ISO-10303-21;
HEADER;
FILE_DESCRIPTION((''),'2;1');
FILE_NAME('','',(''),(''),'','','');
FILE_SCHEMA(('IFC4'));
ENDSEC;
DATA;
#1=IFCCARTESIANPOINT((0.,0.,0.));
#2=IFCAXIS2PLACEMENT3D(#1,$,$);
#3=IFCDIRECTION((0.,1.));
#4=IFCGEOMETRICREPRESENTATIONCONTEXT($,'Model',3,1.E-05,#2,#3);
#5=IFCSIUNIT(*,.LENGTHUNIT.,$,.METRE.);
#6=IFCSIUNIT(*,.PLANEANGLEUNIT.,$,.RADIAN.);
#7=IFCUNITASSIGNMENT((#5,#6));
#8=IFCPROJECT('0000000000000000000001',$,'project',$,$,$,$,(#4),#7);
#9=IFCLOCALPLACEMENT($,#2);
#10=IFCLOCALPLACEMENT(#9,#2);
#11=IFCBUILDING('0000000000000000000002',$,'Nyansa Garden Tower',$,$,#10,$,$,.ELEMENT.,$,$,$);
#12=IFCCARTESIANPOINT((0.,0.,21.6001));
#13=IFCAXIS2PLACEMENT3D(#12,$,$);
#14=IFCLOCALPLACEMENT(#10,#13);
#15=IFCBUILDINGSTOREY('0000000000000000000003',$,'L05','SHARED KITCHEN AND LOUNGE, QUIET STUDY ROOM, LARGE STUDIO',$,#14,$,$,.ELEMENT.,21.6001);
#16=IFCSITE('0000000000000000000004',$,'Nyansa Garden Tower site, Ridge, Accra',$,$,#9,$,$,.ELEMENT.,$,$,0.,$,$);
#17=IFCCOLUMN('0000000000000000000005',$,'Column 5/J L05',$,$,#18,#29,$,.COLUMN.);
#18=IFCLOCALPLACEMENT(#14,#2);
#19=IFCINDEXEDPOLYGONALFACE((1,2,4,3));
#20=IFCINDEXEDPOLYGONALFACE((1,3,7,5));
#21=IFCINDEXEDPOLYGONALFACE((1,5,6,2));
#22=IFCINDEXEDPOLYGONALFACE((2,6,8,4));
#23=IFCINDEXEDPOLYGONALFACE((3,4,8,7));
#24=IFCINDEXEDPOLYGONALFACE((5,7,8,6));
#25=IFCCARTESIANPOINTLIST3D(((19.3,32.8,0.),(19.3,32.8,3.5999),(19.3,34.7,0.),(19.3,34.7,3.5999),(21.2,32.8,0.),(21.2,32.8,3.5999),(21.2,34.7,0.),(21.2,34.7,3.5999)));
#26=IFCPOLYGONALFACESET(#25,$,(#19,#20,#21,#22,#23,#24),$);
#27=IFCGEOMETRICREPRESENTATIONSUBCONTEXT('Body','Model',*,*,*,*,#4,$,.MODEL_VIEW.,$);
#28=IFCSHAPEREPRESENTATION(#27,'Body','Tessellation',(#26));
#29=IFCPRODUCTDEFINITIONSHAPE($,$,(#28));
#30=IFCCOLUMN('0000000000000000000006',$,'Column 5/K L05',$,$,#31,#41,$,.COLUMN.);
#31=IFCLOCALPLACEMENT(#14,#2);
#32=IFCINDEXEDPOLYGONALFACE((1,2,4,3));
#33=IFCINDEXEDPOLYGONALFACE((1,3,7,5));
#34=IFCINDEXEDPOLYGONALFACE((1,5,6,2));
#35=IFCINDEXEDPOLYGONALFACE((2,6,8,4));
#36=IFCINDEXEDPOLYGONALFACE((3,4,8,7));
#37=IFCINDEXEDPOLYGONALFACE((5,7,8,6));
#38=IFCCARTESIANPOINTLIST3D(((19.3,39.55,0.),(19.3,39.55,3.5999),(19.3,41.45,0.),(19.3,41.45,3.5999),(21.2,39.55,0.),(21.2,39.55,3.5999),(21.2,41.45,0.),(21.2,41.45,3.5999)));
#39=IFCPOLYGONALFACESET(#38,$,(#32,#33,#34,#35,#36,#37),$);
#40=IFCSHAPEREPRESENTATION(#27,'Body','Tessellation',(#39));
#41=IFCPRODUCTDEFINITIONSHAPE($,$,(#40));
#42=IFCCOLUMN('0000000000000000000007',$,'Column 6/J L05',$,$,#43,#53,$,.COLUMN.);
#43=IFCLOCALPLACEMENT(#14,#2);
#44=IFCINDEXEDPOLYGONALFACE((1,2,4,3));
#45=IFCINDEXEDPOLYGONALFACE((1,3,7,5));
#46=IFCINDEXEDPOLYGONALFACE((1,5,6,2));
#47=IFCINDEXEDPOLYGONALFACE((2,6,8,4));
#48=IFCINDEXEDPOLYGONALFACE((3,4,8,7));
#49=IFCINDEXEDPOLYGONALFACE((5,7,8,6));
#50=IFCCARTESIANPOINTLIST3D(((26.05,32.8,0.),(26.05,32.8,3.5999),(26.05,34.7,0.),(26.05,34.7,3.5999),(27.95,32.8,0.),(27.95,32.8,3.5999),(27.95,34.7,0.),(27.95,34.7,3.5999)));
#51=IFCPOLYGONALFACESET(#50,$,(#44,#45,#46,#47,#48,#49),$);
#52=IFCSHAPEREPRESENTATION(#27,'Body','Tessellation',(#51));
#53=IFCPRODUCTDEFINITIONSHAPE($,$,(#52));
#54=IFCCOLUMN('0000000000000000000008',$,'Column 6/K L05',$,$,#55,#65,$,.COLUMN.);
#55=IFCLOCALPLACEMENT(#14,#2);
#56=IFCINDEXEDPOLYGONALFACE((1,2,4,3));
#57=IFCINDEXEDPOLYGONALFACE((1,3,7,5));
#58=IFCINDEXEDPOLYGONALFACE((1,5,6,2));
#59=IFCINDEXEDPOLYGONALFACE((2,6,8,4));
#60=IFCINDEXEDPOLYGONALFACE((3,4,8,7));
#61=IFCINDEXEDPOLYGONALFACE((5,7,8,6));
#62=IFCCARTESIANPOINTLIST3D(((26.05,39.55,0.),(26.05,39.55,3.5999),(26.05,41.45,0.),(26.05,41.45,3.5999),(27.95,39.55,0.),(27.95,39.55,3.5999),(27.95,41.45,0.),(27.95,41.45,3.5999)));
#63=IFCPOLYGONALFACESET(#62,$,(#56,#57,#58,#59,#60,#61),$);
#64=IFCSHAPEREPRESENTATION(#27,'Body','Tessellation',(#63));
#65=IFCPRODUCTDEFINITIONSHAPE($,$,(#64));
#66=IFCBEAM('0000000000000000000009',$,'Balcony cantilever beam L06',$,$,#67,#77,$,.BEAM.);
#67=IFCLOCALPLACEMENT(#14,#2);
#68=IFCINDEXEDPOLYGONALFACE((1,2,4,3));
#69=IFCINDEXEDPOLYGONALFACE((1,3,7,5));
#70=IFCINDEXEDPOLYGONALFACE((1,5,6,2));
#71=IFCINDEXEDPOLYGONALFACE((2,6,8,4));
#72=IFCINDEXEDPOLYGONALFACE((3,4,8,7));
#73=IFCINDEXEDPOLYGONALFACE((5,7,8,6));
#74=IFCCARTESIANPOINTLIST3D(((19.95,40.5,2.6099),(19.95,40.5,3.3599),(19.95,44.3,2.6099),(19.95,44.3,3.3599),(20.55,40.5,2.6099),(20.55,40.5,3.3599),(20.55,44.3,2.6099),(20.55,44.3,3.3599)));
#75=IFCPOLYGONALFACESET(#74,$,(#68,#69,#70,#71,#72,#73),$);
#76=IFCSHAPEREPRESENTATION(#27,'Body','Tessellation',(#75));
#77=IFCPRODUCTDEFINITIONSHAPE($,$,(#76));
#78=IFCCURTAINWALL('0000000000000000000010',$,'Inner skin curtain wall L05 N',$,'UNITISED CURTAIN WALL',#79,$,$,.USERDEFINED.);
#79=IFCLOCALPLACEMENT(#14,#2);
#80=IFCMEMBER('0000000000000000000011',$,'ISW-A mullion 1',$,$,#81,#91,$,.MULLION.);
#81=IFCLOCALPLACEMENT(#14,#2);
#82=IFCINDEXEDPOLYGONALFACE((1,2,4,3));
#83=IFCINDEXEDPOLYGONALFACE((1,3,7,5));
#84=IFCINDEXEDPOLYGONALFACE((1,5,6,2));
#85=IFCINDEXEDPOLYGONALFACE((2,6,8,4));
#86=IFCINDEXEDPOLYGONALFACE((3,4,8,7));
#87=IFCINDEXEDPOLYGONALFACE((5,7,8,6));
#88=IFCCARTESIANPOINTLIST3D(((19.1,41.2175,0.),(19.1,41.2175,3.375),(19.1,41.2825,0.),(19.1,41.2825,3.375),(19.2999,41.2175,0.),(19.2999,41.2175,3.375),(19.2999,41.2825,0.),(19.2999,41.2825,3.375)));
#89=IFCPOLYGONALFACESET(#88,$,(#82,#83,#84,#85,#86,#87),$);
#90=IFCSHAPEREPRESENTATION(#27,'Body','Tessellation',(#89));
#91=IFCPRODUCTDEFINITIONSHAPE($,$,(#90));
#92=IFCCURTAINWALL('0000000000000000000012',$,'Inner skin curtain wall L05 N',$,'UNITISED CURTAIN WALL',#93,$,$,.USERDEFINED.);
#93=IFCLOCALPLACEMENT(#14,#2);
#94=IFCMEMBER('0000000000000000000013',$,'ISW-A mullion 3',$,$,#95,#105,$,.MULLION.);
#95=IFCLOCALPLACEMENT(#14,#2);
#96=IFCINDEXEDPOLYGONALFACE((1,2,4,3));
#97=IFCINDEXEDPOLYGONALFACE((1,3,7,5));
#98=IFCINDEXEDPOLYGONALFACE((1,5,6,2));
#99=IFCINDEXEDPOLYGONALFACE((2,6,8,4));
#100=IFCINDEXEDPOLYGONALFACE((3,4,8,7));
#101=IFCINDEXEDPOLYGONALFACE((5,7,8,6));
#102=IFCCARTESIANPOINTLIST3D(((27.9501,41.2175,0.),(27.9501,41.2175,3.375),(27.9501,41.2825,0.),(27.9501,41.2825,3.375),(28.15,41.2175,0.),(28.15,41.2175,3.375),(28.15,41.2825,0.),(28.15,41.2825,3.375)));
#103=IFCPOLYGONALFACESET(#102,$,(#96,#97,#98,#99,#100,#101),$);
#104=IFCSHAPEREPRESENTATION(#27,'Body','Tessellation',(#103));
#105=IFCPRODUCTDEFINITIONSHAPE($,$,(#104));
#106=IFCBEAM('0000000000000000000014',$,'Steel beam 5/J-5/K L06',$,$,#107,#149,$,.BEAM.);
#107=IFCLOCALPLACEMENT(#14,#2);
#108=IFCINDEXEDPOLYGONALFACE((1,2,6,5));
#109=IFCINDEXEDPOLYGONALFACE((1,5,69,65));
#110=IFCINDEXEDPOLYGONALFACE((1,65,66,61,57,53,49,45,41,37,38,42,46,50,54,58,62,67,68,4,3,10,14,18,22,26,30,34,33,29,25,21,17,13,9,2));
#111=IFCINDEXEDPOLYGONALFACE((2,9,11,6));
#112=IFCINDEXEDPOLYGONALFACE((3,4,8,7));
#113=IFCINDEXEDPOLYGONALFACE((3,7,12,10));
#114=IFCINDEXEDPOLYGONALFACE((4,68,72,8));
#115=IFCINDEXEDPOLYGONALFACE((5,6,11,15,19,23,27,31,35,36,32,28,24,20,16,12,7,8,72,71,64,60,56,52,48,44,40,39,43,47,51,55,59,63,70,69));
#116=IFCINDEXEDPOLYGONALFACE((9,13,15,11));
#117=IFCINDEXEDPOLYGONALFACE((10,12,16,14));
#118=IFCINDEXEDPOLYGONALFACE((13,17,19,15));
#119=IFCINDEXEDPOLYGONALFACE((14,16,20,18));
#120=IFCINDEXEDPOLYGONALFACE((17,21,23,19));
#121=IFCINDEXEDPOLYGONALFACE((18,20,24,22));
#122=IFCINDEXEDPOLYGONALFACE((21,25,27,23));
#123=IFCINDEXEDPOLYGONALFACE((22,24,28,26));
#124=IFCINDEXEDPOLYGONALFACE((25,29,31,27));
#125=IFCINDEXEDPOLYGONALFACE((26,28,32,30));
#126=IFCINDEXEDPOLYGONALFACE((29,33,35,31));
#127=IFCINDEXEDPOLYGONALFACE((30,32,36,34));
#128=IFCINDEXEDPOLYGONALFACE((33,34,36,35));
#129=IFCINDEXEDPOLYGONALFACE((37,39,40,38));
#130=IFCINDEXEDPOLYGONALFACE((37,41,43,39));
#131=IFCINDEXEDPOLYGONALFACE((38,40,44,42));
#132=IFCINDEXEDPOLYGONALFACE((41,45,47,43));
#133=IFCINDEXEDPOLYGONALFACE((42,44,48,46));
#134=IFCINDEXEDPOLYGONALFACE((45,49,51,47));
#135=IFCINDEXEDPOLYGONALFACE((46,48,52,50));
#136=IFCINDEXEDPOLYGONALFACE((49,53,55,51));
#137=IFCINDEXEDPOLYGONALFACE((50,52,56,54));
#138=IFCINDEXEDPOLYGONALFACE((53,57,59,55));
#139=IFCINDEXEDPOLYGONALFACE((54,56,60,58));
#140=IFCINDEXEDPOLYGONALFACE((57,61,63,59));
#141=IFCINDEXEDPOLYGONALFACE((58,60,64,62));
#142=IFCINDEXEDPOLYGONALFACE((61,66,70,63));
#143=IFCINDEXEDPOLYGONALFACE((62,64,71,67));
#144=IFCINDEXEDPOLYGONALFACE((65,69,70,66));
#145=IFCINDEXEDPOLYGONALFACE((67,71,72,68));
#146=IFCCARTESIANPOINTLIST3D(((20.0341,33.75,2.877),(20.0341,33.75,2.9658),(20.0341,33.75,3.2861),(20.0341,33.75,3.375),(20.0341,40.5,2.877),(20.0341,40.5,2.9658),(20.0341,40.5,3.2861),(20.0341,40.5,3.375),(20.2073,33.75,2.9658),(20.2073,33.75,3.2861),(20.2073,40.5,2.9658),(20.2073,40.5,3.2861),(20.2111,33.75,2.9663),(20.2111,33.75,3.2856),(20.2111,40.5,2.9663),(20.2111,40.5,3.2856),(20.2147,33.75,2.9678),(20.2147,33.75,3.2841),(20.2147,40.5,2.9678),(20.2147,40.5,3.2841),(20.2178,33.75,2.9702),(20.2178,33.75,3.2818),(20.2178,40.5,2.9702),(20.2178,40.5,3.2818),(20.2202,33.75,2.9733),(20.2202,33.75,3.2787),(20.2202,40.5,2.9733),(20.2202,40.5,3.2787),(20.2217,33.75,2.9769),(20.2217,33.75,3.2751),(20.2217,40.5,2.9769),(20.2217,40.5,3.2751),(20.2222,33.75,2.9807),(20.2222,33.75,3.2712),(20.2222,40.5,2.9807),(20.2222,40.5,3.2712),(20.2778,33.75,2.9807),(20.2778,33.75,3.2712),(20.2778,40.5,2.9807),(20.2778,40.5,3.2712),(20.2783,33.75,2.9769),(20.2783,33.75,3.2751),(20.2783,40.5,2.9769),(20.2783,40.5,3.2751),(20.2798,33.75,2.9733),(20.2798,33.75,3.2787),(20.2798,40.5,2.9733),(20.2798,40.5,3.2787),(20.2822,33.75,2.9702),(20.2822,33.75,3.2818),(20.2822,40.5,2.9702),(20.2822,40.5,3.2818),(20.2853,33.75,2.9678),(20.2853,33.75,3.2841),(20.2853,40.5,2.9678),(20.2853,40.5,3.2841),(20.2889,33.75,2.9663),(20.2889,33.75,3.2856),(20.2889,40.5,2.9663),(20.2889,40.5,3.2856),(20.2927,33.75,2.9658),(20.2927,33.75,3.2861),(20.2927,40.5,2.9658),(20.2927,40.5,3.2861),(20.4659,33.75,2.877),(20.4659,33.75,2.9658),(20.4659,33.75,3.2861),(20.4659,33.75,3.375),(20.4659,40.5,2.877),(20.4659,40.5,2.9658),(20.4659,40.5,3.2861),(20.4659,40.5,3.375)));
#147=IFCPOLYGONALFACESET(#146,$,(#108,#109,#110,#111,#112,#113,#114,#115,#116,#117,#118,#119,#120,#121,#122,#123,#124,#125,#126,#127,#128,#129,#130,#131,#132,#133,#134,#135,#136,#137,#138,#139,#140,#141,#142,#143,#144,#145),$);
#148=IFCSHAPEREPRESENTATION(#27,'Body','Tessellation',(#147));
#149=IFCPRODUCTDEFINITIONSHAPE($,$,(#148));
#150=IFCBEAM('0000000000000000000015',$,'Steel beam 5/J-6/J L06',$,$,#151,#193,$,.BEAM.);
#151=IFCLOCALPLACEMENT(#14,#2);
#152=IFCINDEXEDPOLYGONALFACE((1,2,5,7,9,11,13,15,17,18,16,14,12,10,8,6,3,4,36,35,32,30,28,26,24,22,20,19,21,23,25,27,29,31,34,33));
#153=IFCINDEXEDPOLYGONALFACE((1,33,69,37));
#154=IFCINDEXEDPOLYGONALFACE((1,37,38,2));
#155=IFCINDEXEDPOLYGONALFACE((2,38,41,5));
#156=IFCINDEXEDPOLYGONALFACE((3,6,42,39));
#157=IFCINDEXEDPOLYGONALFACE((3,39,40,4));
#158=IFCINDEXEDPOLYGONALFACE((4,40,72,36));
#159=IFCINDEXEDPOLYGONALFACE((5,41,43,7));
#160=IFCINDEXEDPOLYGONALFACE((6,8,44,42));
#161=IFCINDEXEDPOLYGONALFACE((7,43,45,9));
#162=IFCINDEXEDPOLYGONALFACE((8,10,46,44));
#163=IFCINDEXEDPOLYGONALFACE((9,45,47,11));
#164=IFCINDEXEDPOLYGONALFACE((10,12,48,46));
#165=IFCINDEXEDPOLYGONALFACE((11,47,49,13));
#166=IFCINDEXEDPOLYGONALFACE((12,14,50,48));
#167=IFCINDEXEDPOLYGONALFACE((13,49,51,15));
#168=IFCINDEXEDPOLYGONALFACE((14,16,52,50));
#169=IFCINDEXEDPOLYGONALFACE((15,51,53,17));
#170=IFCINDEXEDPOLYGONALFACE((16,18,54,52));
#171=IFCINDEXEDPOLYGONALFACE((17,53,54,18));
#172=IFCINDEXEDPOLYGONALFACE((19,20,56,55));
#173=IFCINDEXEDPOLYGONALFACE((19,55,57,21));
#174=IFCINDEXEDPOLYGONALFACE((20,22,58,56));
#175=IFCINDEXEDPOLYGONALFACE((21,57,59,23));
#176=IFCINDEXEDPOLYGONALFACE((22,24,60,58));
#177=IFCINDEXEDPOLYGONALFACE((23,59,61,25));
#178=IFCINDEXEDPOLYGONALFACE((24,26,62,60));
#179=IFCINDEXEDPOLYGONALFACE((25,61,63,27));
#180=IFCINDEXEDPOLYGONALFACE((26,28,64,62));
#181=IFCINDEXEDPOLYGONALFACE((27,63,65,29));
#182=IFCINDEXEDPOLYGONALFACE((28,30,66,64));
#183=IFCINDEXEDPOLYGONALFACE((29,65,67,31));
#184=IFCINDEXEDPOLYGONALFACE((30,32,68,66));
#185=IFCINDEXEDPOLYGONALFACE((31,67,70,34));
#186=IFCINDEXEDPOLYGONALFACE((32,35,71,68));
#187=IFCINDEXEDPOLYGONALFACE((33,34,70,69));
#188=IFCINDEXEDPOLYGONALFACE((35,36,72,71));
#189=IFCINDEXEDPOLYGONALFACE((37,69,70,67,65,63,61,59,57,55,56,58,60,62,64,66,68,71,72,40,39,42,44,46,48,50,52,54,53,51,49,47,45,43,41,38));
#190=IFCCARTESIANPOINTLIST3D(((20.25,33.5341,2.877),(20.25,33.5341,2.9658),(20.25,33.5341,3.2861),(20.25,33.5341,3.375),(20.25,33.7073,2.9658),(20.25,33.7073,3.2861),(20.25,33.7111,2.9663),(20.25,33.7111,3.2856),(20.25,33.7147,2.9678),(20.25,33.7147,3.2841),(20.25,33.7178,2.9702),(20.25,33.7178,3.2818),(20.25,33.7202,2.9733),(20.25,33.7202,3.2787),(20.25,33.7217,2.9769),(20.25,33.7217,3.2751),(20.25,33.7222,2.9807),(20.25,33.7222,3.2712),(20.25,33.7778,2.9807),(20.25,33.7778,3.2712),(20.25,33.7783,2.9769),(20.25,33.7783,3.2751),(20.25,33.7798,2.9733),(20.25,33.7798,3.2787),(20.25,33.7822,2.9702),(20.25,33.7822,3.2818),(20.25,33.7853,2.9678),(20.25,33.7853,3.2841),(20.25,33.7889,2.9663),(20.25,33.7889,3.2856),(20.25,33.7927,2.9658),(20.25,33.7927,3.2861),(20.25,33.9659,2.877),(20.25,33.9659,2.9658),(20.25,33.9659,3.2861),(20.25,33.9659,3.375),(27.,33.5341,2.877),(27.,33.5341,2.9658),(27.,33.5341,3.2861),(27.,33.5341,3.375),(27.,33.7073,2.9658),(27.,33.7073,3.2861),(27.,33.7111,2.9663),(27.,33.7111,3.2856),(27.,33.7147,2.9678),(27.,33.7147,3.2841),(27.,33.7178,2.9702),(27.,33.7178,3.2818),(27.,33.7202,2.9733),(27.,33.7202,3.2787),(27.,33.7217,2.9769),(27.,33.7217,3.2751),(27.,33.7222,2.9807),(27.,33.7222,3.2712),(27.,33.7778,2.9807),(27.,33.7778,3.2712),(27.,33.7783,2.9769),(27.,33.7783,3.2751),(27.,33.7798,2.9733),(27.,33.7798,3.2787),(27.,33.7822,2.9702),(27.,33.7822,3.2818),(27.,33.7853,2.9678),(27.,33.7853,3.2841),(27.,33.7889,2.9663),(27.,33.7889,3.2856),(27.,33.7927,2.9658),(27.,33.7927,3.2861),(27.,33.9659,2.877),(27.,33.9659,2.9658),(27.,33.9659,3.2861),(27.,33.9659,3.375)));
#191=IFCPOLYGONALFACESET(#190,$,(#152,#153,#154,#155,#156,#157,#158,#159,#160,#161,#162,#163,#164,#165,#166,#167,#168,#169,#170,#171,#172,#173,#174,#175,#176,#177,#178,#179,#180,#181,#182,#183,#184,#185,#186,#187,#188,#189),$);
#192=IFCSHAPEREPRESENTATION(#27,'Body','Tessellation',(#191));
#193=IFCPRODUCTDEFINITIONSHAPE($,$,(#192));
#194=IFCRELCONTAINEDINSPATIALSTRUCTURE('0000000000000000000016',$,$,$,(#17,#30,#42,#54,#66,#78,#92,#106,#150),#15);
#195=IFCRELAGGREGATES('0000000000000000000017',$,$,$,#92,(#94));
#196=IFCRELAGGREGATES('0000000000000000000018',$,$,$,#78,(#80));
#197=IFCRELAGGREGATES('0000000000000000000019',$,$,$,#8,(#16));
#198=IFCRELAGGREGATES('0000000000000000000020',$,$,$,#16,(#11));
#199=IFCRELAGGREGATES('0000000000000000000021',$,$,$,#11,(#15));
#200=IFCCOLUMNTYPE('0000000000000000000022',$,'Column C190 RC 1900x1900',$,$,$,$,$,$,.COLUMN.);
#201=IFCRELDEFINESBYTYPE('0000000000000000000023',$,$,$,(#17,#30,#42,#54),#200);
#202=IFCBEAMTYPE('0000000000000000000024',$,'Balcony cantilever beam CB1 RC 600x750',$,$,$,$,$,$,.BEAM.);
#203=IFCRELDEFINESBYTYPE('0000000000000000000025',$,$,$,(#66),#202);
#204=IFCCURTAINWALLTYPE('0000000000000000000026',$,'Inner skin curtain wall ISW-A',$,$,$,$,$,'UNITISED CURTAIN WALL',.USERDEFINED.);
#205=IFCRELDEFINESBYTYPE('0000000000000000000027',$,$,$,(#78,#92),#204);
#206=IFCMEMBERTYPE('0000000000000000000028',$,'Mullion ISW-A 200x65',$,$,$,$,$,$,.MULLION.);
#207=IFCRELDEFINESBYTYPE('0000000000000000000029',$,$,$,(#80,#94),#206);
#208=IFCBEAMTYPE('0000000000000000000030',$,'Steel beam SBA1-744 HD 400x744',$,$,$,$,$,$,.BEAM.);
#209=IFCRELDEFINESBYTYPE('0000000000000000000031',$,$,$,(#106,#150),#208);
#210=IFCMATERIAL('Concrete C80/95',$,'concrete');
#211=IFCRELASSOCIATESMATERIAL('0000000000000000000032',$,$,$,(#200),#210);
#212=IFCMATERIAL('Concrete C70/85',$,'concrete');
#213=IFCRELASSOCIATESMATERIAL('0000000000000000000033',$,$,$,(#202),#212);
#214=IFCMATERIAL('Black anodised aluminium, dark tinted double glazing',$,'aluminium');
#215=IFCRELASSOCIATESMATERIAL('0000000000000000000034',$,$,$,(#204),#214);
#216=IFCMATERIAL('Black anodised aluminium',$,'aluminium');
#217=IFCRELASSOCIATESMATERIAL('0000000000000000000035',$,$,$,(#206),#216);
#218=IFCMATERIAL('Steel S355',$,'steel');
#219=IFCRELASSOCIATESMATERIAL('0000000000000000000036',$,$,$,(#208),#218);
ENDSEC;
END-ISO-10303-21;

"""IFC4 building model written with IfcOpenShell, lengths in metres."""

from ifc_helpers import new_model, si_unit, direction, frame, origin, origin_2d, place, context, subcontext, project, spatial, rectangle, i_section, extrude, material, material_profile, profile_set, type_object, element, aggregate, save


model = new_model("IFC4")

# Units and contexts
model_context = context("Model", 3, precision=1e-05, world=origin(), true_north=direction((0.0, 1.0)))
body_context = subcontext(model_context, "Body", "Model", "MODEL_VIEW")
ifc_project = project(units=[si_unit("LENGTHUNIT", "METRE"), si_unit("PLANEANGLEUNIT", "RADIAN")], contexts=[model_context])

# Site, building, storey
site_placement = place(None, origin())
site = spatial("IfcSite", under=ifc_project, at=site_placement, Name="Nyansa Garden Tower site, Ridge, Accra", CompositionType="ELEMENT", RefElevation=0.0)
building_placement = place(site_placement, origin())
building = spatial("IfcBuilding", under=site, at=building_placement, Name="Nyansa Garden Tower", CompositionType="ELEMENT")
storey_placement = place(building_placement, frame((0.0, 0.0, 21.6001)))
storey = spatial("IfcBuildingStorey", under=building, at=storey_placement, Name="L05", Description="SHARED KITCHEN AND LOUNGE, QUIET STUDY ROOM, LARGE STUDIO", CompositionType="ELEMENT", Elevation=21.6001)

# Columns
ifc_material_1 = material(Name="Concrete C80/95", Category="concrete")
ifc_material_profile_1 = material_profile(ifc_material_1, rectangle(XDim=1.8999, YDim=1.8999, at=origin_2d()), Name="RC 1900x1900")
ifc_profile_set_1 = profile_set([ifc_material_profile_1], Name="Concrete C80/95")
column_type = type_object("IfcColumnType", Name="Column C190 RC 1900x1900", PredefinedType="COLUMN", material=ifc_profile_set_1)
for number, where, z_axis, x_axis, name in (
    (1, (20.25, 33.75, 0.0), (0.0, 0.0, 1.0), (1.0, 0.0, 0.0), "Column 5/J L05"),
    (2, (20.25, 40.5, 0.0), (0.0, 0.0, 1.0), (1.0, 0.0, 0.0), "Column 5/K L05"),
    (3, (27.0, 33.75, 0.0), (0.0, 0.0, 1.0), (1.0, 0.0, 0.0), "Column 6/J L05"),
    (4, (27.0, 40.5, 0.0), (0.0, 0.0, 1.0), (1.0, 0.0, 0.0), "Column 6/K L05"),
):
    element("IfcColumn", number, at=place(storey_placement, frame(where, z_axis=z_axis, x_axis=x_axis)), inside=storey, type_object=column_type, Name=name, PredefinedType="COLUMN", context=body_context, shape_type="SweptSolid", body=[
        extrude(rectangle(XDim=1.8999, YDim=1.8999, at=origin_2d()), origin(), (0.0, 0.0, 1.0), 3.5999),
    ])

# Beam
ifc_material_2 = material(Name="Concrete C70/85", Category="concrete")
ifc_material_profile_2 = material_profile(ifc_material_2, rectangle(XDim=0.6001, YDim=0.75, at=origin_2d()), Name="RC 600x750")
ifc_profile_set_2 = profile_set([ifc_material_profile_2], Name="Concrete C70/85")
beam_type_1 = type_object("IfcBeamType", Name="Balcony cantilever beam CB1 RC 600x750", PredefinedType="BEAM", material=ifc_profile_set_2)
beam_placement = place(storey_placement, frame((20.25, 40.5, 2.9849), z_axis=(0.0, 1.0, 0.0), x_axis=(-1.0, 0.0, 0.0)))
element("IfcBeam", 5, at=beam_placement, inside=storey, type_object=beam_type_1, Name="Balcony cantilever beam L06", PredefinedType="BEAM", context=body_context, shape_type="SweptSolid", body=[
    extrude(rectangle(XDim=0.6001, YDim=0.75, at=origin_2d()), origin(), (0.0, 0.0, 1.0), 3.8),
])

# Curtain walls, members
ifc_material_3 = material(Name="Black anodised aluminium, dark tinted double glazing", Category="aluminium")
curtain_wall_type = type_object("IfcCurtainWallType", Name="Inner skin curtain wall ISW-A", ElementType="UNITISED CURTAIN WALL", PredefinedType="USERDEFINED", material=ifc_material_3)
curtain_wall_1_placement = place(storey_placement, origin())
curtain_wall_1 = element("IfcCurtainWall", 6, at=curtain_wall_1_placement, inside=storey, type_object=curtain_wall_type, Name="Inner skin curtain wall L05 N", ObjectType="UNITISED CURTAIN WALL", PredefinedType="USERDEFINED")
ifc_material_4 = material(Name="Black anodised aluminium", Category="aluminium")
ifc_material_profile_3 = material_profile(ifc_material_4, rectangle(XDim=0.0649, YDim=0.2, at=origin_2d()), Name="Mullion 200x65")
ifc_profile_set_3 = profile_set([ifc_material_profile_3], Name="Black anodised aluminium")
member_type_1 = type_object("IfcMemberType", Name="Mullion ISW-A 200x65", PredefinedType="MULLION", material=ifc_profile_set_3)
member_1_placement = place(storey_placement, frame((19.2, 41.25, 0.0), z_axis=(0.0, 0.0, 1.0), x_axis=(0.0, -1.0, 0.0)))
member_1 = element("IfcMember", 7, at=member_1_placement, type_object=member_type_1, Name="ISW-A mullion 1", PredefinedType="MULLION", context=body_context, shape_type="SweptSolid", body=[
    extrude(rectangle(XDim=0.0649, YDim=0.2, at=origin_2d()), origin(), (0.0, 0.0, 1.0), 3.375),
])
curtain_wall_2_placement = place(storey_placement, origin())
curtain_wall_2 = element("IfcCurtainWall", 8, at=curtain_wall_2_placement, inside=storey, type_object=curtain_wall_type, Name="Inner skin curtain wall L05 N", ObjectType="UNITISED CURTAIN WALL", PredefinedType="USERDEFINED")
member_2_placement = place(storey_placement, frame((28.05, 41.25, 0.0), z_axis=(0.0, 0.0, 1.0), x_axis=(0.0, -1.0, 0.0)))
member_2 = element("IfcMember", 9, at=member_2_placement, type_object=member_type_1, Name="ISW-A mullion 3", PredefinedType="MULLION", context=body_context, shape_type="SweptSolid", body=[
    extrude(rectangle(XDim=0.0649, YDim=0.2, at=origin_2d()), origin(), (0.0, 0.0, 1.0), 3.375),
])
aggregate(curtain_wall_2, [member_2])

# Beams
ifc_material_5 = material(Name="Steel S355", Category="steel")
ifc_material_profile_4 = material_profile(ifc_material_5, i_section(OverallWidth=0.4319, OverallDepth=0.498, WebThickness=0.0557, FlangeThickness=0.0889, FilletRadius=0.0149, at=origin_2d()), Name="HD 400x744")
ifc_profile_set_4 = profile_set([ifc_material_profile_4], Name="Steel S355")
beam_type_2 = type_object("IfcBeamType", Name="Steel beam SBA1-744 HD 400x744", PredefinedType="BEAM", material=ifc_profile_set_4)
for number, where, z_axis, x_axis, name in (
    (10, (20.25, 33.75, 3.126), (0.0, 1.0, 0.0), (-1.0, 0.0, 0.0), "Steel beam 5/J-5/K L06"),
    (11, (20.25, 33.75, 3.126), (1.0, 0.0, 0.0), (0.0, 1.0, 0.0), "Steel beam 5/J-6/J L06"),
):
    element("IfcBeam", number, at=place(storey_placement, frame(where, z_axis=z_axis, x_axis=x_axis)), inside=storey, type_object=beam_type_2, Name=name, PredefinedType="BEAM", context=body_context, shape_type="SweptSolid", body=[
        extrude(i_section(OverallWidth=0.4319, OverallDepth=0.498, WebThickness=0.0557, FlangeThickness=0.0889, FilletRadius=0.0149, at=origin_2d()), origin(), (0.0, 0.0, 1.0), 6.75),
    ])

aggregate(curtain_wall_1, [member_1])

save(model, "model.ifc")
